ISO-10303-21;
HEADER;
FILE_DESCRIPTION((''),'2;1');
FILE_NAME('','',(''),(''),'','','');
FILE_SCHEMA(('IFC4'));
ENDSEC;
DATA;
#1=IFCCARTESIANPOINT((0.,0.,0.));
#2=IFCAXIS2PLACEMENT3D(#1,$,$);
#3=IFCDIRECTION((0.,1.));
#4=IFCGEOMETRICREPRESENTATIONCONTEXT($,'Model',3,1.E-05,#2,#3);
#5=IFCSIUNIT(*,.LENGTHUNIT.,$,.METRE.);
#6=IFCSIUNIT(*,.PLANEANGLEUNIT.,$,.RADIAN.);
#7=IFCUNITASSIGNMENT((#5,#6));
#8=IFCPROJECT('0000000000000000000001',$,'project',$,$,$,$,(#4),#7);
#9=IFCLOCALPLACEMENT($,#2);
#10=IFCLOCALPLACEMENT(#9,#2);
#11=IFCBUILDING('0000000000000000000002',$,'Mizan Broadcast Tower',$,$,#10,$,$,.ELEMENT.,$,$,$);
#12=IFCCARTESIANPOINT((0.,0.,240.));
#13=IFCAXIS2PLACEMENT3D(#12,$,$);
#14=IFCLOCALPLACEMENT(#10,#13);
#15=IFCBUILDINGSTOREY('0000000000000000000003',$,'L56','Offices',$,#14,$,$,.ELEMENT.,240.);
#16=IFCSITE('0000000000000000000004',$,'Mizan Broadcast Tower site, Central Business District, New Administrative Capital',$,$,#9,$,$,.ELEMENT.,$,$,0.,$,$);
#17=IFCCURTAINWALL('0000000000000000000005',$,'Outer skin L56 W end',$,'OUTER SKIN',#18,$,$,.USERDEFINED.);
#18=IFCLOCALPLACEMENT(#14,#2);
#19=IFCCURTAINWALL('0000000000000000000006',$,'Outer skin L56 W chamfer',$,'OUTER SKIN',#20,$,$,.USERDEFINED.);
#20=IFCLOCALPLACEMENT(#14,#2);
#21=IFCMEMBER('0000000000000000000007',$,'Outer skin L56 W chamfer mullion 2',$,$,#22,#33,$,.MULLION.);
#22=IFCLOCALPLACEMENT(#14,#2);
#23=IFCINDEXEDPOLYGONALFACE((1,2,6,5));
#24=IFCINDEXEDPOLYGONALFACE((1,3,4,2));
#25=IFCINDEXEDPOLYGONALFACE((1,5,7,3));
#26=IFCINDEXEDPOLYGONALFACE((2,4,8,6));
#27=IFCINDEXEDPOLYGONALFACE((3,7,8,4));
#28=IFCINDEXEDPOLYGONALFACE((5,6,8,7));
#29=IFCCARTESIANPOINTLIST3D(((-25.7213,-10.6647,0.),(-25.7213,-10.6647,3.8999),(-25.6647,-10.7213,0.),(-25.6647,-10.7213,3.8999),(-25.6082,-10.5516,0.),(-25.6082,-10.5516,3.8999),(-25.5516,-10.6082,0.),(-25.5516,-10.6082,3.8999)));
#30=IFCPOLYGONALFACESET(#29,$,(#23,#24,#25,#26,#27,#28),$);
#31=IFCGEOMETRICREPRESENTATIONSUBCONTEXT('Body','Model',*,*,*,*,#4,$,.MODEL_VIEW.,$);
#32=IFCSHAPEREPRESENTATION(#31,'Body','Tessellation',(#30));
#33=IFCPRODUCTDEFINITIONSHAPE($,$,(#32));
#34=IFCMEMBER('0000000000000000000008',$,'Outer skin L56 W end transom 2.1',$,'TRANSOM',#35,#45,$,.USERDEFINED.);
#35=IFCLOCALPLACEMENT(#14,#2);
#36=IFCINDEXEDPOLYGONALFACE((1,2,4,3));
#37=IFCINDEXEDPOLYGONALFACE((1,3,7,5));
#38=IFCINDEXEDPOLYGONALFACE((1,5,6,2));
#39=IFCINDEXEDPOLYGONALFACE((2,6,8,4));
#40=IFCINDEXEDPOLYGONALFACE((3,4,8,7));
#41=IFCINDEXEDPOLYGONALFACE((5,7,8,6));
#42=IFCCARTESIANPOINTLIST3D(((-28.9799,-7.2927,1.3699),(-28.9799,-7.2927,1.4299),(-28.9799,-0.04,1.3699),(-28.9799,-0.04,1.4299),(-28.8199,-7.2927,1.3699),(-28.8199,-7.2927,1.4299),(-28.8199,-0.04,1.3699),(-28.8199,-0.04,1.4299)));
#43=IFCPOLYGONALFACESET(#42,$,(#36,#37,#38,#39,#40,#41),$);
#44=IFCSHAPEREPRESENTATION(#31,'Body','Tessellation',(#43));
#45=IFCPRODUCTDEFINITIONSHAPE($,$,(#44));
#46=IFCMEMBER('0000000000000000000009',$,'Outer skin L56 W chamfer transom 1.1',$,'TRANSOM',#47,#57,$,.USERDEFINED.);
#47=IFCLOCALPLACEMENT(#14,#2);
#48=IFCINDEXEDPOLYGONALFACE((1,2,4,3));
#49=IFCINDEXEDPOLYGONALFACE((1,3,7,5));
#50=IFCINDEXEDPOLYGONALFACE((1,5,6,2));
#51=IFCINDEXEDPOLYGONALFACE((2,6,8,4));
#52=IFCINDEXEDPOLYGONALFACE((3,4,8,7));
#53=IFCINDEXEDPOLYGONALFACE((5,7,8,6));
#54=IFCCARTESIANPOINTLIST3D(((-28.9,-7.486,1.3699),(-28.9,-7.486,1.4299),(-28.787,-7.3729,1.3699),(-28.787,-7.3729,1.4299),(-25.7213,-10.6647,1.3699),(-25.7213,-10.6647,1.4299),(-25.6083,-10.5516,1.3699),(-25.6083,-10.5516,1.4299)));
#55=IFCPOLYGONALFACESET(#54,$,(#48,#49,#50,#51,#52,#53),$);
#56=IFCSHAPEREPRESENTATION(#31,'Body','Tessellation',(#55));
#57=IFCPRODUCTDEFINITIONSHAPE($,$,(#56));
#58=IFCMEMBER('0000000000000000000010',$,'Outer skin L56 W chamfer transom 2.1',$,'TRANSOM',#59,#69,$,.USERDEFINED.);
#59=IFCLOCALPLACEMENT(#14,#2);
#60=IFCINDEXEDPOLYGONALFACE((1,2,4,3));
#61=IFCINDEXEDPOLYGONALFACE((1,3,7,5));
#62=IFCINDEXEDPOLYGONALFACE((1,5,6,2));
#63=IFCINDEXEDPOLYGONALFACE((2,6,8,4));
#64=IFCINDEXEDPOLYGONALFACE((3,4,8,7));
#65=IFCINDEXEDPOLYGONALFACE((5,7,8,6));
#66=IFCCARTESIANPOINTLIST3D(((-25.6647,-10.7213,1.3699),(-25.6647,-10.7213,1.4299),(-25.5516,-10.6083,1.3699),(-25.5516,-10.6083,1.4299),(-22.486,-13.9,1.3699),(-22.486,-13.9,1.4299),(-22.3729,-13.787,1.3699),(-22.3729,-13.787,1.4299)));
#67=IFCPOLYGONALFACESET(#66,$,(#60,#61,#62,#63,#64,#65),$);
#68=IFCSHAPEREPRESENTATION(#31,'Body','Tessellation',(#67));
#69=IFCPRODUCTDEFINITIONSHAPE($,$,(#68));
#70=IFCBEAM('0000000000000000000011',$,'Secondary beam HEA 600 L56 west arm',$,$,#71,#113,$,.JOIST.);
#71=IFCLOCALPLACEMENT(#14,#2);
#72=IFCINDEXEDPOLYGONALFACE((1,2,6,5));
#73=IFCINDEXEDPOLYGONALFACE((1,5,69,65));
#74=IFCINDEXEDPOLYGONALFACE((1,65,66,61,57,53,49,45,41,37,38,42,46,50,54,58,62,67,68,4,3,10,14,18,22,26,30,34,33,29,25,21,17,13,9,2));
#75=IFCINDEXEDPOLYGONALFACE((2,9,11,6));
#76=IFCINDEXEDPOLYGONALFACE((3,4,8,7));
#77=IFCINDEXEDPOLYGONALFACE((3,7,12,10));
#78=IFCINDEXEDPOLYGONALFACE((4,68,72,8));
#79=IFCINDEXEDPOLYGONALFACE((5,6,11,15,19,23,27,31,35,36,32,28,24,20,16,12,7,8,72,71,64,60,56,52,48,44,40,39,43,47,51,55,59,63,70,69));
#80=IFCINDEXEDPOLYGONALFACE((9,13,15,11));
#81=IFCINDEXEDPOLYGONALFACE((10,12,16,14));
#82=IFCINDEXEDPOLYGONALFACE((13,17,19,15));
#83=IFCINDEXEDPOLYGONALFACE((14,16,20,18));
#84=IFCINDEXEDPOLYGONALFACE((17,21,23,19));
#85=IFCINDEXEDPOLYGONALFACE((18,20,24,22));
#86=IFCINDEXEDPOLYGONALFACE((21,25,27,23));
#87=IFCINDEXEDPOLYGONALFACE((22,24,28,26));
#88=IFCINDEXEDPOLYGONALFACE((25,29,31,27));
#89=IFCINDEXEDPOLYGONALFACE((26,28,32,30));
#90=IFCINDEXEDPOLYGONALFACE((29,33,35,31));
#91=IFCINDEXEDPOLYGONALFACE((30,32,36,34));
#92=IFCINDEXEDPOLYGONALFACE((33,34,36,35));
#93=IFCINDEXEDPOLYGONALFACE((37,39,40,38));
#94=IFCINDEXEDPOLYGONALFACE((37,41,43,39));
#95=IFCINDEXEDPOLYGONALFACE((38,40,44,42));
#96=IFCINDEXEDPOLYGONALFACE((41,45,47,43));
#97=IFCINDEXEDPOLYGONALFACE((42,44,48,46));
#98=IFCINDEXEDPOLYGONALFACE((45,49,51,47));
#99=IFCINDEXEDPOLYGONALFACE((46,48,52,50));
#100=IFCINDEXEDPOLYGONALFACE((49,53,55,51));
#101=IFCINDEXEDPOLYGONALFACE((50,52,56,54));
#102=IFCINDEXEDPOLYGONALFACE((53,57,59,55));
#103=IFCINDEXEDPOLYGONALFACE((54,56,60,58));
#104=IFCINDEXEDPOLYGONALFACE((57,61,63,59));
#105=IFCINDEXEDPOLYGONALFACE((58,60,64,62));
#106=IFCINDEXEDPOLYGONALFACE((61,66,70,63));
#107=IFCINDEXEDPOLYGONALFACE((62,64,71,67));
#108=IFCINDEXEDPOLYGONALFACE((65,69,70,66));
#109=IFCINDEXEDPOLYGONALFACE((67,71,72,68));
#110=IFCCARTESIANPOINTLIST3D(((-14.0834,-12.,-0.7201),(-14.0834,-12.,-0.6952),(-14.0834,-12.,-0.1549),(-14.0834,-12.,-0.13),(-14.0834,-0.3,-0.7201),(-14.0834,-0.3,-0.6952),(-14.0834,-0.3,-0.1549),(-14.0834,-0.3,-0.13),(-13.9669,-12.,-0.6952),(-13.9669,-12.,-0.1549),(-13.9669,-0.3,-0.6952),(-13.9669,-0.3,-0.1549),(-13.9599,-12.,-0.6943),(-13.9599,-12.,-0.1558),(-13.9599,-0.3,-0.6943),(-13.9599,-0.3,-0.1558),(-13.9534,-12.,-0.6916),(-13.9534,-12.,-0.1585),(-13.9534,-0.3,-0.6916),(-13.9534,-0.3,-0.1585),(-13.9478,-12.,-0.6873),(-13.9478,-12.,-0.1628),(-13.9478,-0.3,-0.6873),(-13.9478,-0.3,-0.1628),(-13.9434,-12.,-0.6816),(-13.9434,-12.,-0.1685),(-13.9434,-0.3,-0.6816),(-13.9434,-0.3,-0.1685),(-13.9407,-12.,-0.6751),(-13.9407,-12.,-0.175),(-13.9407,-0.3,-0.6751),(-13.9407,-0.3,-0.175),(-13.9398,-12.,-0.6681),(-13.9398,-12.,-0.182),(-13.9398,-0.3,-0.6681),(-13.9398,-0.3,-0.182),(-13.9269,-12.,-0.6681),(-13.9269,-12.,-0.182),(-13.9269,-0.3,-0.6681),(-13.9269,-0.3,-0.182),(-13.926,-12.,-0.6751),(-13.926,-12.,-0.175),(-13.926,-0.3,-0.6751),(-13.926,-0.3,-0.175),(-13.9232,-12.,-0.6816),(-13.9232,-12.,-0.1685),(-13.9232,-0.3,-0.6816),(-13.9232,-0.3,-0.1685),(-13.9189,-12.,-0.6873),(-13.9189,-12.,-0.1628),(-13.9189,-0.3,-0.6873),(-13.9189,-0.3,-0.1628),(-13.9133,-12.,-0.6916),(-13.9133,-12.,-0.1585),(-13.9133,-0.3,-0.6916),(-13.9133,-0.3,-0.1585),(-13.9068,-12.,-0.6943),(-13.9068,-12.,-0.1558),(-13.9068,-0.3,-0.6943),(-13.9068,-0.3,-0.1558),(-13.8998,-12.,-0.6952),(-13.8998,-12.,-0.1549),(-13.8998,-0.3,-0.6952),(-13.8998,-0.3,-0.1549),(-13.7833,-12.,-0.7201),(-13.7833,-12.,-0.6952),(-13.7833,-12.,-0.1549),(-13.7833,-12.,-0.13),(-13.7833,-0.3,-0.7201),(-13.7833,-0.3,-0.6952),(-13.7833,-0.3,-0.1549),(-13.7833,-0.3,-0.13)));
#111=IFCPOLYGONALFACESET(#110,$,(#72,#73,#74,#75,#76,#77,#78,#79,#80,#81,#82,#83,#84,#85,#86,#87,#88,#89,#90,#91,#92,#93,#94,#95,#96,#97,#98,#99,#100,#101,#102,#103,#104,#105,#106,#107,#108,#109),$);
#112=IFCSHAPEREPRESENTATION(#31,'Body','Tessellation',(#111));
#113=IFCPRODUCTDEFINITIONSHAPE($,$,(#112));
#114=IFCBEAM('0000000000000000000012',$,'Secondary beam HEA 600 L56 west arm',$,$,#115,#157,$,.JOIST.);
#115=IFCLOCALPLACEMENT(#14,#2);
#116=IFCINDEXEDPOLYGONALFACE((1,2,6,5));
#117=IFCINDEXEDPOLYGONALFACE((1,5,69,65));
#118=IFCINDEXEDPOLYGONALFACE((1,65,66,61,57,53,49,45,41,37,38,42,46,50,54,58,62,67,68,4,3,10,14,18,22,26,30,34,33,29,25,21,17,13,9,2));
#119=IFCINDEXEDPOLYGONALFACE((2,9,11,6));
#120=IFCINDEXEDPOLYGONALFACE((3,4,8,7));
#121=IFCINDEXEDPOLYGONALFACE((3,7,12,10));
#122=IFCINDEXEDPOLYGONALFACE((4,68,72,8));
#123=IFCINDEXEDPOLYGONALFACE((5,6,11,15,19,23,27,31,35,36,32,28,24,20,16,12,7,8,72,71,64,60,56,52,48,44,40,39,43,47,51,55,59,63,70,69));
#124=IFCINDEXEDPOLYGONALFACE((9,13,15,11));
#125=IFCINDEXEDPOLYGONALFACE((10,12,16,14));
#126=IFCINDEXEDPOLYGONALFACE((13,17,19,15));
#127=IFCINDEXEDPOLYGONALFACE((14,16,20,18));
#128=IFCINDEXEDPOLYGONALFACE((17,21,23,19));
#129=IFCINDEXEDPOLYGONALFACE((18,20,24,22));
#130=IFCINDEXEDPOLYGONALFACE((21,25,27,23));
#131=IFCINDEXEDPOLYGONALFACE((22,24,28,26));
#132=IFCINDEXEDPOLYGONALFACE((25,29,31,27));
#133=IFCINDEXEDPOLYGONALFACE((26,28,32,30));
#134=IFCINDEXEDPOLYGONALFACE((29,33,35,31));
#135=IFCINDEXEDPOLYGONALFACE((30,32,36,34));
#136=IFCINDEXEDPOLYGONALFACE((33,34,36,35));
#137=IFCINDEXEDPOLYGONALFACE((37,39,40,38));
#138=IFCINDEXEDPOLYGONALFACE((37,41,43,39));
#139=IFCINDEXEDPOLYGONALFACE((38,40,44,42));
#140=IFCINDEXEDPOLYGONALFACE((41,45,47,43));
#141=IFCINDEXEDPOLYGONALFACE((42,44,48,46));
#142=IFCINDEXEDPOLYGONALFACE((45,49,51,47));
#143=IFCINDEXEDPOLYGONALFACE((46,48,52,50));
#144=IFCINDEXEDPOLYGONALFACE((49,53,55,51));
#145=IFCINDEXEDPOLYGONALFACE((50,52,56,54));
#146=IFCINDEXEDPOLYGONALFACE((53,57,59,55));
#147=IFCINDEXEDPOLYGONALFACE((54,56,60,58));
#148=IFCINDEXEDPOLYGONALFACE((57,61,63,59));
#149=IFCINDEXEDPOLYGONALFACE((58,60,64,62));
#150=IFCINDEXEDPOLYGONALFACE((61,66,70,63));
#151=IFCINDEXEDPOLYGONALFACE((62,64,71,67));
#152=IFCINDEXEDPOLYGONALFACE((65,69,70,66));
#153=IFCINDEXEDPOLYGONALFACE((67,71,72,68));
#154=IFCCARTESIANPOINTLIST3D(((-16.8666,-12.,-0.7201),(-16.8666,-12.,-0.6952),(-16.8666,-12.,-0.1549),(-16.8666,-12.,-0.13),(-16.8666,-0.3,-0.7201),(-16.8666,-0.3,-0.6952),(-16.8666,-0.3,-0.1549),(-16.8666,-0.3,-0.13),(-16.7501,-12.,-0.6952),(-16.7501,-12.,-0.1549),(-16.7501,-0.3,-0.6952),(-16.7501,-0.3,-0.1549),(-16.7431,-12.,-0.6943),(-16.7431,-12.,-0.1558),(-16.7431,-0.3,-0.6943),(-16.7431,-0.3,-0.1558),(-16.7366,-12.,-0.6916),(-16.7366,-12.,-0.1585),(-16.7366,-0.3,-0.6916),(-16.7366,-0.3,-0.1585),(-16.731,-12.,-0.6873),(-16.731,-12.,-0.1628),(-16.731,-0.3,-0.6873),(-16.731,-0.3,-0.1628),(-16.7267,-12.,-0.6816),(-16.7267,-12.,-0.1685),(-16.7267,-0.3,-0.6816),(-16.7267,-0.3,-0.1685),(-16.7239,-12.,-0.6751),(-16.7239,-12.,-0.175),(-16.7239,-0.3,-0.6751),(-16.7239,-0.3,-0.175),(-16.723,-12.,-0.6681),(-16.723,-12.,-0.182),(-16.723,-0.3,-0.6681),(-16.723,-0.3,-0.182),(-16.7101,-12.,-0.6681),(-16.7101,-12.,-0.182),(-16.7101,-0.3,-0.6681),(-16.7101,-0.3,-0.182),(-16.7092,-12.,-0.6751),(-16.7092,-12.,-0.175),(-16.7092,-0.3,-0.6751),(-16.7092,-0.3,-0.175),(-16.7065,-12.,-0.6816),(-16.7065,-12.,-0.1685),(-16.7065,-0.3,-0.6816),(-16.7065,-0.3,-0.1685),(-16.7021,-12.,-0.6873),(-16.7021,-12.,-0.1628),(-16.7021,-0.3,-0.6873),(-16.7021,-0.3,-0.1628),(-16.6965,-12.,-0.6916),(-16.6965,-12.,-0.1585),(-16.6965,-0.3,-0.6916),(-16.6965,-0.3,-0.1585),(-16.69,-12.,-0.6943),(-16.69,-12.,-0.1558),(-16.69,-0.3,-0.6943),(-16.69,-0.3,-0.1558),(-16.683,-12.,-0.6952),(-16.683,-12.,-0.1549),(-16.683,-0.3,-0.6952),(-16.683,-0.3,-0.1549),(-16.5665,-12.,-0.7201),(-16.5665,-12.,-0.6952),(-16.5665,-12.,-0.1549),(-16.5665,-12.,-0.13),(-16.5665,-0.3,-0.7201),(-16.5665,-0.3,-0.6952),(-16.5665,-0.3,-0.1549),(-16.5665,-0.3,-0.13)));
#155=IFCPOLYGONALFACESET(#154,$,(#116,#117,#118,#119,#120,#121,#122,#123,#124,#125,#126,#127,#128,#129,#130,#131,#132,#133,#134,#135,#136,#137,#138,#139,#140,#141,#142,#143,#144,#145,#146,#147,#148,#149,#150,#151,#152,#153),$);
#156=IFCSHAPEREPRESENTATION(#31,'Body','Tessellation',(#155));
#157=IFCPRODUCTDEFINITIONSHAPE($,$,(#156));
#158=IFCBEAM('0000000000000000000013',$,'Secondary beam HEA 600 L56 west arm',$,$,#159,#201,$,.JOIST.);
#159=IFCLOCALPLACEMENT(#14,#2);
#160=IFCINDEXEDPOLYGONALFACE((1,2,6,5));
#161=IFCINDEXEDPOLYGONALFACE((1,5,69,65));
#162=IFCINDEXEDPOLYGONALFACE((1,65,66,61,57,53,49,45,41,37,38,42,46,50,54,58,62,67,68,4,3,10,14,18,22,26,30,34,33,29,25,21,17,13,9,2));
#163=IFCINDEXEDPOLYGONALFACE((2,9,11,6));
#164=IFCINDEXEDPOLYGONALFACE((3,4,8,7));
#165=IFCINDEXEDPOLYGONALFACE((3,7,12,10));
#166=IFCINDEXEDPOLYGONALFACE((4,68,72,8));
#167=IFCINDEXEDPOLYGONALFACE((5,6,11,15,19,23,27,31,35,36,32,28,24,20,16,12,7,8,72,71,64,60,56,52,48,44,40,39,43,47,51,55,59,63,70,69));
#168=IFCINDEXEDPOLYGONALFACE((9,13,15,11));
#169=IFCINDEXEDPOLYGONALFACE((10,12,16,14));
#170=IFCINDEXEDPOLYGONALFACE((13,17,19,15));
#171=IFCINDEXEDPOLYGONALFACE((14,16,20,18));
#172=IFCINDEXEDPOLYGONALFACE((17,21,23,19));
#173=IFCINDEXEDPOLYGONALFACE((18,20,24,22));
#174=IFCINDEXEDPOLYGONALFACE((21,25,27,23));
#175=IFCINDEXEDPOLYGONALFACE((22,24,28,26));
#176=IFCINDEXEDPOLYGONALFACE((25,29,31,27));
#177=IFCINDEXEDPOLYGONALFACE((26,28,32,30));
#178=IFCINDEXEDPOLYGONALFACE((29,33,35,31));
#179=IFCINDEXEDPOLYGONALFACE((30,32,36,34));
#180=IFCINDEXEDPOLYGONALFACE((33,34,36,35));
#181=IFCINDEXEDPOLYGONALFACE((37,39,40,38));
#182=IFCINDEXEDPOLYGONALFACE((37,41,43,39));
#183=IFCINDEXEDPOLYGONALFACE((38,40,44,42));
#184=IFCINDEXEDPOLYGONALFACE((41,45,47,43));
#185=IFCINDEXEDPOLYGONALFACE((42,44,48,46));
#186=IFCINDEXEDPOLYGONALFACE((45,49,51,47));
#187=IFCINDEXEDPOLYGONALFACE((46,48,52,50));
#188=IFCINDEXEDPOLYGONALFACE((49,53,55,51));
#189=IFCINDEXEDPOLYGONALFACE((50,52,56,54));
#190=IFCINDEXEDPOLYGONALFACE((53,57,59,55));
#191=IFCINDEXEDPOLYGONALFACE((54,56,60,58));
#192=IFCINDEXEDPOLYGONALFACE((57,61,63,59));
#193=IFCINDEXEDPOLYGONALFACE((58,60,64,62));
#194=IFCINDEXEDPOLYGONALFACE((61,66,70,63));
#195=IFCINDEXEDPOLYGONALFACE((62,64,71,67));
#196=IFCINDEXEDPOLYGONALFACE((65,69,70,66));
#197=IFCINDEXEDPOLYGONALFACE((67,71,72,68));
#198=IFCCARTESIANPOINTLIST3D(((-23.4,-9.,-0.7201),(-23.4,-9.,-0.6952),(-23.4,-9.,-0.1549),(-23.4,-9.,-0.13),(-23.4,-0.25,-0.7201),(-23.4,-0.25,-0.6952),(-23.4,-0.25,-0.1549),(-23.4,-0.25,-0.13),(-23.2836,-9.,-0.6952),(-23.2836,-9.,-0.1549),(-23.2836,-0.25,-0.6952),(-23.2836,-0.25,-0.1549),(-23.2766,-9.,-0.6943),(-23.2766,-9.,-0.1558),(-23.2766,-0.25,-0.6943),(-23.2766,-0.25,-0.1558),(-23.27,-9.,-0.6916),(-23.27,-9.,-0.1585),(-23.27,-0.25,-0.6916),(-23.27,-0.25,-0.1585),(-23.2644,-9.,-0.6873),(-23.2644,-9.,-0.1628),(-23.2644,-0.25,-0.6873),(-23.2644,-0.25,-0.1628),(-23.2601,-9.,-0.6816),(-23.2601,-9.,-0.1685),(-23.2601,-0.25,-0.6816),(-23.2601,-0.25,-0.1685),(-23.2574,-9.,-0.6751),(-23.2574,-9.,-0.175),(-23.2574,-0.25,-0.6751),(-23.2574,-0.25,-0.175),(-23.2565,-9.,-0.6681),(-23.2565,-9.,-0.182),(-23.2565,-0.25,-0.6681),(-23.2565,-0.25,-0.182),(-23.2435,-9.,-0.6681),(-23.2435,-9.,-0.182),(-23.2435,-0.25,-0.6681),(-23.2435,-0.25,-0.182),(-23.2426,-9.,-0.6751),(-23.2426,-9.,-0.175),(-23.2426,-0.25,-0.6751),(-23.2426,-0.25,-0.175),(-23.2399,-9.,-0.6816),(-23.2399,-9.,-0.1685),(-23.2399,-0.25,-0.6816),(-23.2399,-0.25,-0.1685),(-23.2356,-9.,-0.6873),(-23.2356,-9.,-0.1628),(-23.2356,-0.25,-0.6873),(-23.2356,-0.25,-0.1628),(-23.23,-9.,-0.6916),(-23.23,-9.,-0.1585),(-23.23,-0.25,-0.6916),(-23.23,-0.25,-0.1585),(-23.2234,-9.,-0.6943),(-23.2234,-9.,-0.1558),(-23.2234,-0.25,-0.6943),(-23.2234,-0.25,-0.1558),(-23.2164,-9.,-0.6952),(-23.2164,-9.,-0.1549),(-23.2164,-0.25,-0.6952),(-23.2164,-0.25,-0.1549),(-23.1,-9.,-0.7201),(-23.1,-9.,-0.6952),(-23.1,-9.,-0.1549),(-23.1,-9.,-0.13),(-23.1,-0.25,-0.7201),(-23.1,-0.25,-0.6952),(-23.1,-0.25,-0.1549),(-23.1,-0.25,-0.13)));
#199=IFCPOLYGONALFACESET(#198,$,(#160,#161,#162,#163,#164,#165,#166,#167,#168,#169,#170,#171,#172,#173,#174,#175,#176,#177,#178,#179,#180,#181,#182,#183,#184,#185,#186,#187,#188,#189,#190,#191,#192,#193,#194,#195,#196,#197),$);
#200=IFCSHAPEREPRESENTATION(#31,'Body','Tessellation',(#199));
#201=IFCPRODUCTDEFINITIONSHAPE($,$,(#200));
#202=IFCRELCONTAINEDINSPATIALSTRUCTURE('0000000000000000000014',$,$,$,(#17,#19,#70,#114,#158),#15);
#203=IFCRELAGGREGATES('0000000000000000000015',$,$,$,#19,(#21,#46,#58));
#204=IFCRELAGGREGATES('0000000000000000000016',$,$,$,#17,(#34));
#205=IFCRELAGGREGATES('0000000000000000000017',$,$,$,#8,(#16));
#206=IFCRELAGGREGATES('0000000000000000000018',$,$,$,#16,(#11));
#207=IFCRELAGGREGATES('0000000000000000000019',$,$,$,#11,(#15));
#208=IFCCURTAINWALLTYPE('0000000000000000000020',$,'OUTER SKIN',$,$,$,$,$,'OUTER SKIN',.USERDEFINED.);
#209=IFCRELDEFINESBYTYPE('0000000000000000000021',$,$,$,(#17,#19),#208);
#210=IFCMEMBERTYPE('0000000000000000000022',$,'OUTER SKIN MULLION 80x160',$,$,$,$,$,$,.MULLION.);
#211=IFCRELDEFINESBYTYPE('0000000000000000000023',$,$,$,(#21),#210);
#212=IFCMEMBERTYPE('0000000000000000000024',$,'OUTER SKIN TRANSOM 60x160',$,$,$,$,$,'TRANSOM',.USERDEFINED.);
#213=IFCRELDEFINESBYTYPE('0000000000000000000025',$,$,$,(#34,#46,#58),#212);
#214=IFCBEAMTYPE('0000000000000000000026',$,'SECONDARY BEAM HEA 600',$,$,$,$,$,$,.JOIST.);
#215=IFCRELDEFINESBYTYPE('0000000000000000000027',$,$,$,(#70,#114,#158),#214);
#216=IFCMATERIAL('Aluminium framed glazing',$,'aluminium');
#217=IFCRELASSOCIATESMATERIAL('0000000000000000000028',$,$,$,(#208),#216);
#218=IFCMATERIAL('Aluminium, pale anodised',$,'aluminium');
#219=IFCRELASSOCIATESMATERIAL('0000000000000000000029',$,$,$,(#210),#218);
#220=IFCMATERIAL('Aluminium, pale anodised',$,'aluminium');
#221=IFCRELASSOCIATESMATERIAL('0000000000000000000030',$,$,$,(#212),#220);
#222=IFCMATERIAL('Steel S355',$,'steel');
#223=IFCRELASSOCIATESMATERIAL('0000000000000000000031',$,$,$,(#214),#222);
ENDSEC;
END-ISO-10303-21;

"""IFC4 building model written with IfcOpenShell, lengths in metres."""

from ifc_helpers import new_model, si_unit, direction, frame, origin, origin_2d, place, context, subcontext, project, spatial, rectangle, i_section, extrude, material, material_profile, profile_set, type_object, element, aggregate, save


model = new_model("IFC4")

# Units and contexts
model_context = context("Model", 3, precision=1e-05, world=origin(), true_north=direction((0.0, 1.0)))
body_context = subcontext(model_context, "Body", "Model", "MODEL_VIEW")
ifc_project = project(units=[si_unit("LENGTHUNIT", "METRE"), si_unit("PLANEANGLEUNIT", "RADIAN")], contexts=[model_context])

# Site, building, storey
site_placement = place(None, origin())
site = spatial("IfcSite", under=ifc_project, at=site_placement, Name="Mizan Broadcast Tower site, Central Business District, New Administrative Capital", CompositionType="ELEMENT", RefElevation=0.0)
building_placement = place(site_placement, origin())
building = spatial("IfcBuilding", under=site, at=building_placement, Name="Mizan Broadcast Tower", CompositionType="ELEMENT")
storey_placement = place(building_placement, frame((0.0, 0.0, 240.0)))
storey = spatial("IfcBuildingStorey", under=building, at=storey_placement, Name="L56", Description="Offices", CompositionType="ELEMENT", Elevation=240.0)

# Curtain wall
ifc_material_1 = material(Name="Aluminium framed glazing", Category="aluminium")
curtain_wall_type_1 = type_object("IfcCurtainWallType", Name="OUTER SKIN", ElementType="OUTER SKIN", PredefinedType="USERDEFINED", material=ifc_material_1)
curtain_wall_1_placement = place(storey_placement, origin())
curtain_wall_1 = element("IfcCurtainWall", 1, at=curtain_wall_1_placement, inside=storey, type_object=curtain_wall_type_1, Name="Outer skin L56 W end", ObjectType="OUTER SKIN", PredefinedType="USERDEFINED")
ifc_material_2 = material(Name="Aluminium, pale anodised", Category="aluminium")
ifc_material_profile_1 = material_profile(ifc_material_2, rectangle(XDim=0.1599, YDim=0.0801, at=origin_2d()), Name="MULLION 160x80")
ifc_profile_set_1 = profile_set([ifc_material_profile_1], Name="Aluminium, pale anodised")
member_type_1 = type_object("IfcMemberType", Name="OUTER SKIN MULLION 80x160", PredefinedType="MULLION", material=ifc_profile_set_1)

# Curtain wall, member
curtain_wall_2_placement = place(storey_placement, origin())
curtain_wall_2 = element("IfcCurtainWall", 2, at=curtain_wall_2_placement, inside=storey, type_object=curtain_wall_type_1, Name="Outer skin L56 W chamfer", ObjectType="OUTER SKIN", PredefinedType="USERDEFINED")
member_1_placement = place(storey_placement, frame((-25.6365, -10.6365, 0.0), z_axis=(0.0, 0.0, 1.0), x_axis=(0.707107, 0.707107, 0.0)))
member_1 = element("IfcMember", 3, at=member_1_placement, type_object=member_type_1, Name="Outer skin L56 W chamfer mullion 2", PredefinedType="MULLION", context=body_context, shape_type="SweptSolid", body=[
    extrude(rectangle(XDim=0.1599, YDim=0.0801, at=origin_2d()), origin(), (0.0, 0.0, 1.0), 3.8999),
])

# Members
ifc_material_3 = material(Name="Aluminium, pale anodised", Category="aluminium")
ifc_material_profile_2 = material_profile(ifc_material_3, rectangle(XDim=0.1599, YDim=0.0601, at=origin_2d()), Name="TRANSOM 160x60")
ifc_profile_set_2 = profile_set([ifc_material_profile_2], Name="Aluminium, pale anodised")
member_type_2 = type_object("IfcMemberType", Name="OUTER SKIN TRANSOM 60x160", ElementType="TRANSOM", PredefinedType="USERDEFINED", material=ifc_profile_set_2)
member_2_placement = place(storey_placement, frame((-28.8999, -0.04, 1.3999), z_axis=(0.0, -1.0, 0.0), x_axis=(1.0, 0.0, 0.0)))
member_2 = element("IfcMember", 4, at=member_2_placement, type_object=member_type_2, Name="Outer skin L56 W end transom 2.1", ObjectType="TRANSOM", PredefinedType="USERDEFINED", context=body_context, shape_type="SweptSolid", body=[
    extrude(rectangle(XDim=0.1599, YDim=0.0601, at=origin_2d()), origin(), (0.0, 0.0, 1.0), 7.2527),
])
member_3_placement = place(storey_placement, frame((-28.8435, -7.4294, 1.3999), z_axis=(0.707107, -0.707107, 0.0), x_axis=(0.707107, 0.707107, 0.0)))
member_3 = element("IfcMember", 5, at=member_3_placement, type_object=member_type_2, Name="Outer skin L56 W chamfer transom 1.1", ObjectType="TRANSOM", PredefinedType="USERDEFINED", context=body_context, shape_type="SweptSolid", body=[
    extrude(rectangle(XDim=0.1599, YDim=0.0601, at=origin_2d()), origin(), (0.0, 0.0, 1.0), 4.4954),
])
member_4_placement = place(storey_placement, frame((-25.6082, -10.6648, 1.3999), z_axis=(0.707107, -0.707107, 0.0), x_axis=(0.707107, 0.707107, 0.0)))
member_4 = element("IfcMember", 6, at=member_4_placement, type_object=member_type_2, Name="Outer skin L56 W chamfer transom 2.1", ObjectType="TRANSOM", PredefinedType="USERDEFINED", context=body_context, shape_type="SweptSolid", body=[
    extrude(rectangle(XDim=0.1599, YDim=0.0601, at=origin_2d()), origin(), (0.0, 0.0, 1.0), 4.4954),
])

# Beams
ifc_material_4 = material(Name="Steel S355", Category="steel")
ifc_material_profile_3 = material_profile(ifc_material_4, i_section(OverallWidth=0.3, OverallDepth=0.5901, WebThickness=0.0129, FlangeThickness=0.0249, FilletRadius=0.0271, at=origin_2d()), Name="HEA 600")
ifc_profile_set_3 = profile_set([ifc_material_profile_3], Name="Steel S355")
beam_type_1 = type_object("IfcBeamType", Name="SECONDARY BEAM HEA 600", PredefinedType="JOIST", material=ifc_profile_set_3)
for number, where, z_axis, x_axis, name in (
    (7, (-13.9333, -12.0, -0.425), (0.0, 1.0, 0.0), (-1.0, 0.0, 0.0), "Secondary beam HEA 600 L56 west arm"),
    (8, (-16.7166, -12.0, -0.425), (0.0, 1.0, 0.0), (-1.0, 0.0, 0.0), "Secondary beam HEA 600 L56 west arm"),
):
    element("IfcBeam", number, at=place(storey_placement, frame(where, z_axis=z_axis, x_axis=x_axis)), inside=storey, type_object=beam_type_1, Name=name, PredefinedType="JOIST", context=body_context, shape_type="SweptSolid", body=[
        extrude(i_section(OverallWidth=0.3, OverallDepth=0.5901, WebThickness=0.0129, FlangeThickness=0.0249, FilletRadius=0.0271, at=origin_2d()), origin(), (0.0, 0.0, 1.0), 11.7),
    ])
beam_1_placement = place(storey_placement, frame((-23.25, -9.0, -0.425), z_axis=(0.0, 1.0, 0.0), x_axis=(-1.0, 0.0, 0.0)))
element("IfcBeam", 9, at=beam_1_placement, inside=storey, type_object=beam_type_1, Name="Secondary beam HEA 600 L56 west arm", PredefinedType="JOIST", context=body_context, shape_type="SweptSolid", body=[
    extrude(i_section(OverallWidth=0.3, OverallDepth=0.5901, WebThickness=0.0129, FlangeThickness=0.0249, FilletRadius=0.0271, at=origin_2d()), origin(), (0.0, 0.0, 1.0), 8.75),
])

aggregate(curtain_wall_2, [member_1, member_3, member_4])
aggregate(curtain_wall_1, [member_2])

save(model, "model.ifc")
